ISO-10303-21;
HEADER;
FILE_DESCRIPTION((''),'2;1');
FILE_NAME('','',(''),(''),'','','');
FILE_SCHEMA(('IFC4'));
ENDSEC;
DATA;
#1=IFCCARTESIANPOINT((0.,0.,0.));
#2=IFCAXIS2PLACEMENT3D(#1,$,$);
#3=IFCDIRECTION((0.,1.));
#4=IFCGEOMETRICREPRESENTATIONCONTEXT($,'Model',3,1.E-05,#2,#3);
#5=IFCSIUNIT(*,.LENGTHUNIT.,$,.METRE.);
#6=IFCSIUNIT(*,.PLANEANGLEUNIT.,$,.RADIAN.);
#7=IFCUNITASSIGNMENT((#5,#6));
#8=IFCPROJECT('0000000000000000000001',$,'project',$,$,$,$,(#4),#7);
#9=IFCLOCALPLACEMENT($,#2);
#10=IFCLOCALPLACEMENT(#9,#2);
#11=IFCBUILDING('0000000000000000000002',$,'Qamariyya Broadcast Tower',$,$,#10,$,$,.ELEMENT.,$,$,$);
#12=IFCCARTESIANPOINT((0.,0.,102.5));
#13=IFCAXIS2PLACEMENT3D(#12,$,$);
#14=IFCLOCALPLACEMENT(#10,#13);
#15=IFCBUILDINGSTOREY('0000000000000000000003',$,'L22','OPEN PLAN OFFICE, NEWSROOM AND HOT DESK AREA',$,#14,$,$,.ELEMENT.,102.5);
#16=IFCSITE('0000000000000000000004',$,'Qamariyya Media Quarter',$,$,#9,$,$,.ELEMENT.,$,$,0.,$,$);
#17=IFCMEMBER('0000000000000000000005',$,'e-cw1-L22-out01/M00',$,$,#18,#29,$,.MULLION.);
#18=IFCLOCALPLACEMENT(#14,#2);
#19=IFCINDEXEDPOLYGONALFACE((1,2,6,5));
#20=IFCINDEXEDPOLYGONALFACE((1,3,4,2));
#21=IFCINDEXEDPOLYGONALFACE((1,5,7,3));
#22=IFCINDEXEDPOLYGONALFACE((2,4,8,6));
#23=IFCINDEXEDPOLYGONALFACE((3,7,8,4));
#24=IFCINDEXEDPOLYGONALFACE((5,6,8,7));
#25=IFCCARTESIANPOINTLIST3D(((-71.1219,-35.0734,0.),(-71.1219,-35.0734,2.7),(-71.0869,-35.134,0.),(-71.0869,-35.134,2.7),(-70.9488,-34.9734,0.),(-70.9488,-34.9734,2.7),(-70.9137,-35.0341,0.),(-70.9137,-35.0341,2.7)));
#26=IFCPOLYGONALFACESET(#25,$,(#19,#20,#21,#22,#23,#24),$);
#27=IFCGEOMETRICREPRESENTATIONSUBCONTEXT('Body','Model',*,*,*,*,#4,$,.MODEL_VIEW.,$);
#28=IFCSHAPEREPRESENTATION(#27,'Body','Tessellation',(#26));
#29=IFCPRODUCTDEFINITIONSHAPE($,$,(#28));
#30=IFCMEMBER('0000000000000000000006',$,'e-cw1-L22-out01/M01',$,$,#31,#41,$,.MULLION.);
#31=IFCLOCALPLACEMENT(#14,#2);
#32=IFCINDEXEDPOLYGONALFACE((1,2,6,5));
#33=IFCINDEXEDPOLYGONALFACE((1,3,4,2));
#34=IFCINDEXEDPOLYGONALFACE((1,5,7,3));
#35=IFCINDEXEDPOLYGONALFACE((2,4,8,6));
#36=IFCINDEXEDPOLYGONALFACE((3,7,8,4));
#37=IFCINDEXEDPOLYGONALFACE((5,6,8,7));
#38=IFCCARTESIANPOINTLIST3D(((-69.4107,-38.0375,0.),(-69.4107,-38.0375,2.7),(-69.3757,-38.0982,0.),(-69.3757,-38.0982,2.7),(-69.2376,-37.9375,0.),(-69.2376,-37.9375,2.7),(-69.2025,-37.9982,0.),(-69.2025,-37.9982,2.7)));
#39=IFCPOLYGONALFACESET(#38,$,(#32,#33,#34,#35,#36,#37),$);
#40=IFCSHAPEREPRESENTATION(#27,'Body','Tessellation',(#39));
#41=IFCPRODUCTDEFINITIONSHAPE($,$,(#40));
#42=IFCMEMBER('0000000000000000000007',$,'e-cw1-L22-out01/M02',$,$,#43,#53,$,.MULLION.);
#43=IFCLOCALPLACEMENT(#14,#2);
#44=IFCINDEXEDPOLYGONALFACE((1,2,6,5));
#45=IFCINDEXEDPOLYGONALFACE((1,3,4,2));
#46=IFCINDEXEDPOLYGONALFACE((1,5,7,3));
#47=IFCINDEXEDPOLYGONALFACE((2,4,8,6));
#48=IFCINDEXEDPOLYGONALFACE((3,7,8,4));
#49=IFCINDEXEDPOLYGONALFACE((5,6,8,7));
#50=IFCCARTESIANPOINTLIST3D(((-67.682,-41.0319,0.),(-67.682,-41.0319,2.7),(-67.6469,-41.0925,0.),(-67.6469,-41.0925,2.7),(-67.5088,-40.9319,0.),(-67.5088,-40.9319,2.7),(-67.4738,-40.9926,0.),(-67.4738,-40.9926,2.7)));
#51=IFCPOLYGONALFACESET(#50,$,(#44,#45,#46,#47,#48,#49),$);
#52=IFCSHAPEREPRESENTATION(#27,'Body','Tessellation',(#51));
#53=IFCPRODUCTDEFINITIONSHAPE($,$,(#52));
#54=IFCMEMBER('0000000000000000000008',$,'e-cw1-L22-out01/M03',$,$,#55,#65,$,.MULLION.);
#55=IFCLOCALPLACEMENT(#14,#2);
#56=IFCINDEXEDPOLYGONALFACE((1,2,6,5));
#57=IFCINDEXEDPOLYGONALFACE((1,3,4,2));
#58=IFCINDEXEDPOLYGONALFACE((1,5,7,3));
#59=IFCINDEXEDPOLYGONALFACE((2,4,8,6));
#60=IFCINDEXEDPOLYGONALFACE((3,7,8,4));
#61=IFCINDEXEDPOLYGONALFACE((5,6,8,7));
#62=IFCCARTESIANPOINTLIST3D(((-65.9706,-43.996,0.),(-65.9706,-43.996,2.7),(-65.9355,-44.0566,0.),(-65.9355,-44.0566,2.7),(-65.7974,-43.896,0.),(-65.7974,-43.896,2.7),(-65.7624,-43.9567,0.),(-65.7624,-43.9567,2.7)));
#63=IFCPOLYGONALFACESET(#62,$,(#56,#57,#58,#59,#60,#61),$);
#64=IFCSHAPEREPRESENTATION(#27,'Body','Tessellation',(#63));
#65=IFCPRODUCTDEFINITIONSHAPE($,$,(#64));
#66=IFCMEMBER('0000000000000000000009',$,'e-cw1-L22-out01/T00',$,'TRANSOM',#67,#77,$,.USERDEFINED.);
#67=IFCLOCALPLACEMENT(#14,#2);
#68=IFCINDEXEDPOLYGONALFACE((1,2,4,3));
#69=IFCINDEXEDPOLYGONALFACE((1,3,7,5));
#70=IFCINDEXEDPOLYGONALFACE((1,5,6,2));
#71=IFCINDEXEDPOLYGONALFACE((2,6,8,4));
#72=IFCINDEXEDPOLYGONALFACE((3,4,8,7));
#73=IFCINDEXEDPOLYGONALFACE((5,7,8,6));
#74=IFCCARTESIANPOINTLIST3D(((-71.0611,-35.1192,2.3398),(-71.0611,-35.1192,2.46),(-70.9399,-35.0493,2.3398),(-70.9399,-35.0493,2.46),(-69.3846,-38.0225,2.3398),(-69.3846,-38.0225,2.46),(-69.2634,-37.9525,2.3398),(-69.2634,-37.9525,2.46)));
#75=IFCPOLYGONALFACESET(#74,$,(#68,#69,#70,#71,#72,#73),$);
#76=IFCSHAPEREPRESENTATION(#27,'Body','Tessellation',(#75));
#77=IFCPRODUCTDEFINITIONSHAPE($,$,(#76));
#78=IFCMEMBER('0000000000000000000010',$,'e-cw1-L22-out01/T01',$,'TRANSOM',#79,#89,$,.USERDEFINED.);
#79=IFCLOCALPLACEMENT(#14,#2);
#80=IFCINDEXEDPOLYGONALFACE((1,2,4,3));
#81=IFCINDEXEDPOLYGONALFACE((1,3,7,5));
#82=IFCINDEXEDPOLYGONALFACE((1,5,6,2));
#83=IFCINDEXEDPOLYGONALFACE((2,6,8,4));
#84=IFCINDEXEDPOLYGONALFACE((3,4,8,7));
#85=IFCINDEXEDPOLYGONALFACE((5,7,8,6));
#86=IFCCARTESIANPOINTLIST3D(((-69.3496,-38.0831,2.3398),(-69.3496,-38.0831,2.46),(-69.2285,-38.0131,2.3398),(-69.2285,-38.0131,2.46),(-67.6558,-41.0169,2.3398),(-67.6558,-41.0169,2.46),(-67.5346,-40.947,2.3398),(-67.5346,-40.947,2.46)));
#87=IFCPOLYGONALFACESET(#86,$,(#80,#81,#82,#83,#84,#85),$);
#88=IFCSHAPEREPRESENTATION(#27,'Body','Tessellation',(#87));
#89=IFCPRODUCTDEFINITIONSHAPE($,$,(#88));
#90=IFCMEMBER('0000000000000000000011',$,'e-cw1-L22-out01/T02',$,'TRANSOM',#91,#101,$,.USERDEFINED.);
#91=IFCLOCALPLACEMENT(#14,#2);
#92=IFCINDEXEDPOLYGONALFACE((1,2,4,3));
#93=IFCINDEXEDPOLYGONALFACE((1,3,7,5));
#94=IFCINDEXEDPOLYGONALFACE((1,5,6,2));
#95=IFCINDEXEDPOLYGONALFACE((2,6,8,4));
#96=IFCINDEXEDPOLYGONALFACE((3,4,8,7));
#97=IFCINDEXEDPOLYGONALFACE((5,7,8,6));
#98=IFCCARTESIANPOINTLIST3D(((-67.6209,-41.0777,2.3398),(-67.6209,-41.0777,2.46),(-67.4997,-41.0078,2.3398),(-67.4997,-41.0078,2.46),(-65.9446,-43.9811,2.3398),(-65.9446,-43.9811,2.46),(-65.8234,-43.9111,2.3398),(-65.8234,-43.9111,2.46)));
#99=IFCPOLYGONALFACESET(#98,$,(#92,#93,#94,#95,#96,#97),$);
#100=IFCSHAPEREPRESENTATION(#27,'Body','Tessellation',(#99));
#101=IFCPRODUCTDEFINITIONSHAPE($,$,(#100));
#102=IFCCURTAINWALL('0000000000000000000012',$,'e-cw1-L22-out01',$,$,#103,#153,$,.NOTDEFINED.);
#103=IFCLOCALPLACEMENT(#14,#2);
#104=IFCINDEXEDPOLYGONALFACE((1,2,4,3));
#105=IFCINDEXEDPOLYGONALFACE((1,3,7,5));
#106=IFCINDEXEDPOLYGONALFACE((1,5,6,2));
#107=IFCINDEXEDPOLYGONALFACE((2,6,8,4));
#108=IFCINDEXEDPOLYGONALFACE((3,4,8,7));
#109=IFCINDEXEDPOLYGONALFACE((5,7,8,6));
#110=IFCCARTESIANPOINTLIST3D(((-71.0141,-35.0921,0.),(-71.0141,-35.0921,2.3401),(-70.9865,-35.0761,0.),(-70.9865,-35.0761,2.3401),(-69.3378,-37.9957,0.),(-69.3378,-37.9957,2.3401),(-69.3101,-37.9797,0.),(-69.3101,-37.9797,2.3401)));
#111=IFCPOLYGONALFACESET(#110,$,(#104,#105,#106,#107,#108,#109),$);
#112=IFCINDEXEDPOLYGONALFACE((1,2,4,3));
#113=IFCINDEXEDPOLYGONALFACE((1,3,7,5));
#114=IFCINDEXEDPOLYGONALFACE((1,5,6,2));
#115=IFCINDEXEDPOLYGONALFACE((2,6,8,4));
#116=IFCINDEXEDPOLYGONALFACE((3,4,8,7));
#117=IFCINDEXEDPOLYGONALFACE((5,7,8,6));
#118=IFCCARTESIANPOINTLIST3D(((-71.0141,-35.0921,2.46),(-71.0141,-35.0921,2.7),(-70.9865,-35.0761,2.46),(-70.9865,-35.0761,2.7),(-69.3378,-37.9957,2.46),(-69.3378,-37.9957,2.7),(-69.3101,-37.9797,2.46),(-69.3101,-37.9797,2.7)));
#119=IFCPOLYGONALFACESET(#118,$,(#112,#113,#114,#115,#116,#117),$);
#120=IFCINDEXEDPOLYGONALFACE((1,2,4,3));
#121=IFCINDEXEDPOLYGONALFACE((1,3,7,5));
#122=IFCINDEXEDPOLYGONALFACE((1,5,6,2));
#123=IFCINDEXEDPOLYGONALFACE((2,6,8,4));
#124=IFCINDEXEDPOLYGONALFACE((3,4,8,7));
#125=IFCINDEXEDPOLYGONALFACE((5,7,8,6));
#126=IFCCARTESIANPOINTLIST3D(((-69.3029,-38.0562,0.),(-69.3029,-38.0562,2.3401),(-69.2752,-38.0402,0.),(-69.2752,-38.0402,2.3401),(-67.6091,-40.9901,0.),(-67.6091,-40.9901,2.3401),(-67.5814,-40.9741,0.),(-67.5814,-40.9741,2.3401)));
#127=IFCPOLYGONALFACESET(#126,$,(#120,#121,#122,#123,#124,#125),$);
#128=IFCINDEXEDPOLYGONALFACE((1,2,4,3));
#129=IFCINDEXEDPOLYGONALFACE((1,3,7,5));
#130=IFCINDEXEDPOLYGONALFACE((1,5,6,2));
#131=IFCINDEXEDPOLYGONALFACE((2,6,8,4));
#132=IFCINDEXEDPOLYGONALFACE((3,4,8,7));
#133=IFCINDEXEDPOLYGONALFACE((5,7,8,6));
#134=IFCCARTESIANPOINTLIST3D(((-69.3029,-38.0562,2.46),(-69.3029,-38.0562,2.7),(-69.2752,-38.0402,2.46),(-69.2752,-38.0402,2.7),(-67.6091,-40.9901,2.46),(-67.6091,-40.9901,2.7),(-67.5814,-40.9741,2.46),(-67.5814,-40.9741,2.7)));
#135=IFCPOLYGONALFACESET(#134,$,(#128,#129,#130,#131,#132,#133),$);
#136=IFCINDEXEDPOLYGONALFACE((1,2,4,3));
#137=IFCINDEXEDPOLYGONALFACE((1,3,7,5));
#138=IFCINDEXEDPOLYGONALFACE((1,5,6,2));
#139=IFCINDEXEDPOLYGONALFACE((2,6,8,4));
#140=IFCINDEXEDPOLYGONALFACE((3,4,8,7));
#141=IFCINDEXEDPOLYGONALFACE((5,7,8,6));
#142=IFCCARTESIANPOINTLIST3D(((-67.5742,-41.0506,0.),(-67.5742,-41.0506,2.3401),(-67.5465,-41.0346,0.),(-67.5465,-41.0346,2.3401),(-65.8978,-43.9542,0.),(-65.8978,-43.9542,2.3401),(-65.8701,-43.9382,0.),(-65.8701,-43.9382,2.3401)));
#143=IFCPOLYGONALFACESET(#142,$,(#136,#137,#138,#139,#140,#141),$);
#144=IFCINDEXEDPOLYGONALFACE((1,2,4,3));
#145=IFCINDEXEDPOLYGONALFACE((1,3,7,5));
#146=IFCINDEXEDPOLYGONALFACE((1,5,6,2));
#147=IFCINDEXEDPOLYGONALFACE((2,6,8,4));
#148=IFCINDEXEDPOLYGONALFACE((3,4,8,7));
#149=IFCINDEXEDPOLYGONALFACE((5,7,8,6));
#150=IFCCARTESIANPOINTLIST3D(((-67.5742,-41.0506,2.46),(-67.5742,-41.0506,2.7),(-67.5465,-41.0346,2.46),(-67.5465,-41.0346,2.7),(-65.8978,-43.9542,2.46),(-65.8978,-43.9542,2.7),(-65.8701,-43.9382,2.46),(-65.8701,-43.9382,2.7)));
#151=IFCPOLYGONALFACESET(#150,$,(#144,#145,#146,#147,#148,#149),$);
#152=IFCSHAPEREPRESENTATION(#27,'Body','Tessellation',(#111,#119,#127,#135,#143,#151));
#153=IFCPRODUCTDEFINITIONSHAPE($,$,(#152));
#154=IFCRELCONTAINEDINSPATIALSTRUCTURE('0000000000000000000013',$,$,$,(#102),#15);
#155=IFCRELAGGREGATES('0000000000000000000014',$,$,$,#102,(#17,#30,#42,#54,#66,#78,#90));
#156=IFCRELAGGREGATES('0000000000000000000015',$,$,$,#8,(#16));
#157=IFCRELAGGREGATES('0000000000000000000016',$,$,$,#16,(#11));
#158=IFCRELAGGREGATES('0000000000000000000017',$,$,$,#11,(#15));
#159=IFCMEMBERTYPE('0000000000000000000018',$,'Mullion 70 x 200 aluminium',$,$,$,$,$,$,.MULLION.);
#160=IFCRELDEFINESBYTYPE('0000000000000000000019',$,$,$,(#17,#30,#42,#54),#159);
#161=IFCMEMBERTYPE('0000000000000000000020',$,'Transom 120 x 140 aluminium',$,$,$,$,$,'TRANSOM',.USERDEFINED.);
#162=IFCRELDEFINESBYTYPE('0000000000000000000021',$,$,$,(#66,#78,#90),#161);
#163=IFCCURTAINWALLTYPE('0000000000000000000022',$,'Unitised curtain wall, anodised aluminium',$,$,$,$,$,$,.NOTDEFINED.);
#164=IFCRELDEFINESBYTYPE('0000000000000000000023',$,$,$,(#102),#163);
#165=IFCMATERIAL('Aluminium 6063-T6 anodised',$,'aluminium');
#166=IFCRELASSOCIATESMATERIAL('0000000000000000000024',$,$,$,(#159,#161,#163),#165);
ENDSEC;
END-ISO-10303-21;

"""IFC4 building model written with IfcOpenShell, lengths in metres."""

from ifc_helpers import new_model, si_unit, direction, frame, origin, origin_2d, place, context, subcontext, project, spatial, rectangle, extrude, material, material_profile, profile_set, type_object, element, aggregate, save


model = new_model("IFC4")

# Units and contexts
model_context = context("Model", 3, precision=1e-05, world=origin(), true_north=direction((0.0, 1.0)))
body_context = subcontext(model_context, "Body", "Model", "MODEL_VIEW")
ifc_project = project(units=[si_unit("LENGTHUNIT", "METRE"), si_unit("PLANEANGLEUNIT", "RADIAN")], contexts=[model_context])

# Site, building, storey
site_placement = place(None, origin())
site = spatial("IfcSite", under=ifc_project, at=site_placement, Name="Qamariyya Media Quarter", CompositionType="ELEMENT", RefElevation=0.0)
building_placement = place(site_placement, origin())
building = spatial("IfcBuilding", under=site, at=building_placement, Name="Qamariyya Broadcast Tower", CompositionType="ELEMENT")
storey_placement = place(building_placement, frame((0.0, 0.0, 102.5)))
storey = spatial("IfcBuildingStorey", under=building, at=storey_placement, Name="L22", Description="OPEN PLAN OFFICE, NEWSROOM AND HOT DESK AREA", CompositionType="ELEMENT", Elevation=102.5)

# Members
ifc_material_1 = material(Name="Aluminium 6063-T6 anodised", Category="aluminium")
ifc_material_profile_1 = material_profile(ifc_material_1, rectangle(XDim=0.2, YDim=0.0701, at=origin_2d()))
ifc_profile_set_1 = profile_set([ifc_material_profile_1], Name="Aluminium 6063-T6 anodised")
member_type_1 = type_object("IfcMemberType", Name="Mullion 70 x 200 aluminium", PredefinedType="MULLION", material=ifc_profile_set_1)
member_1_placement = place(storey_placement, frame((-71.0178, -35.0537, 0.0), z_axis=(0.0, 0.0, 1.0), x_axis=(0.866025, 0.5, 0.0)))
member_1 = element("IfcMember", 1, at=member_1_placement, type_object=member_type_1, Name="e-cw1-L22-out01/M00", PredefinedType="MULLION", context=body_context, shape_type="SweptSolid", body=[
    extrude(rectangle(XDim=0.2, YDim=0.0701, at=origin_2d()), origin(), (0.0, 0.0, 1.0), 2.7),
])
member_2_placement = place(storey_placement, frame((-69.3066, -38.0178, 0.0), z_axis=(0.0, 0.0, 1.0), x_axis=(0.866025, 0.5, 0.0)))
member_2 = element("IfcMember", 2, at=member_2_placement, type_object=member_type_1, Name="e-cw1-L22-out01/M01", PredefinedType="MULLION", context=body_context, shape_type="SweptSolid", body=[
    extrude(rectangle(XDim=0.2, YDim=0.0701, at=origin_2d()), origin(), (0.0, 0.0, 1.0), 2.7),
])
member_3_placement = place(storey_placement, frame((-67.5779, -41.0122, 0.0), z_axis=(0.0, 0.0, 1.0), x_axis=(0.866025, 0.5, 0.0)))
member_3 = element("IfcMember", 3, at=member_3_placement, type_object=member_type_1, Name="e-cw1-L22-out01/M02", PredefinedType="MULLION", context=body_context, shape_type="SweptSolid", body=[
    extrude(rectangle(XDim=0.2, YDim=0.0701, at=origin_2d()), origin(), (0.0, 0.0, 1.0), 2.7),
])
member_4_placement = place(storey_placement, frame((-65.8665, -43.9763, 0.0), z_axis=(0.0, 0.0, 1.0), x_axis=(0.866025, 0.5, 0.0)))
member_4 = element("IfcMember", 4, at=member_4_placement, type_object=member_type_1, Name="e-cw1-L22-out01/M03", PredefinedType="MULLION", context=body_context, shape_type="SweptSolid", body=[
    extrude(rectangle(XDim=0.2, YDim=0.0701, at=origin_2d()), origin(), (0.0, 0.0, 1.0), 2.7),
])
ifc_material_profile_2 = material_profile(ifc_material_1, rectangle(XDim=0.1399, YDim=0.1201, at=origin_2d()))
ifc_profile_set_2 = profile_set([ifc_material_profile_2], Name="Aluminium 6063-T6 anodised")
member_type_2 = type_object("IfcMemberType", Name="Transom 120 x 140 aluminium", ElementType="TRANSOM", PredefinedType="USERDEFINED", material=ifc_profile_set_2)
member_5_placement = place(storey_placement, frame((-71.0005, -35.0842, 2.3999), z_axis=(0.500063, -0.865989, 0.0), x_axis=(0.865989, 0.500063, 0.0)))
member_5 = element("IfcMember", 5, at=member_5_placement, type_object=member_type_2, Name="e-cw1-L22-out01/T00", ObjectType="TRANSOM", PredefinedType="USERDEFINED", context=body_context, shape_type="SweptSolid", body=[
    extrude(rectangle(XDim=0.1399, YDim=0.1201, at=origin_2d()), origin(), (0.0, 0.0, 1.0), 3.3525),
])
member_6_placement = place(storey_placement, frame((-69.2891, -38.0481, 2.3999), z_axis=(0.499999, -0.866026, 0.0), x_axis=(0.866026, 0.499999, 0.0)))
member_6 = element("IfcMember", 6, at=member_6_placement, type_object=member_type_2, Name="e-cw1-L22-out01/T01", ObjectType="TRANSOM", PredefinedType="USERDEFINED", context=body_context, shape_type="SweptSolid", body=[
    extrude(rectangle(XDim=0.1399, YDim=0.1201, at=origin_2d()), origin(), (0.0, 0.0, 1.0), 3.3877),
])
member_7_placement = place(storey_placement, frame((-67.5603, -41.0427, 2.3999), z_axis=(0.500008, -0.866021, 0.0), x_axis=(0.866021, 0.500008, 0.0)))
member_7 = element("IfcMember", 7, at=member_7_placement, type_object=member_type_2, Name="e-cw1-L22-out01/T02", ObjectType="TRANSOM", PredefinedType="USERDEFINED", context=body_context, shape_type="SweptSolid", body=[
    extrude(rectangle(XDim=0.1399, YDim=0.1201, at=origin_2d()), origin(), (0.0, 0.0, 1.0), 3.3525),
])

# Curtain wall
curtain_wall_type = type_object("IfcCurtainWallType", Name="Unitised curtain wall, anodised aluminium", PredefinedType="NOTDEFINED", material=ifc_material_1)
curtain_wall_1_placement = place(storey_placement, origin())
curtain_wall_1 = element("IfcCurtainWall", 8, at=curtain_wall_1_placement, inside=storey, type_object=curtain_wall_type, Name="e-cw1-L22-out01", PredefinedType="NOTDEFINED", context=body_context, shape_type="SweptSolid", body=[
    extrude(rectangle(XDim=3.3528, YDim=0.032, at=origin_2d()), frame((-70.1621, -36.5359, 0.0), x_axis=(0.499997, -0.866027, 0.0)), (0.0, 0.0, 1.0), 2.3401),
    extrude(rectangle(XDim=3.3528, YDim=0.032, at=origin_2d()), frame((-70.1621, -36.5359, 2.46), x_axis=(0.499997, -0.866027, 0.0)), (0.0, 0.0, 1.0), 0.24),
    extrude(rectangle(XDim=3.3877, YDim=0.032, at=origin_2d()), frame((-68.4421, -39.5151, 0.0), x_axis=(0.499997, -0.866027, 0.0)), (0.0, 0.0, 1.0), 2.3401),
    extrude(rectangle(XDim=3.3877, YDim=0.032, at=origin_2d()), frame((-68.4421, -39.5151, 2.46), x_axis=(0.499997, -0.866027, 0.0)), (0.0, 0.0, 1.0), 0.24),
    extrude(rectangle(XDim=3.3528, YDim=0.032, at=origin_2d()), frame((-66.7222, -42.4944, 0.0), x_axis=(0.499997, -0.866027, 0.0)), (0.0, 0.0, 1.0), 2.3401),
    extrude(rectangle(XDim=3.3528, YDim=0.032, at=origin_2d()), frame((-66.7222, -42.4944, 2.46), x_axis=(0.499997, -0.866027, 0.0)), (0.0, 0.0, 1.0), 0.24),
])
aggregate(curtain_wall_1, [member_1, member_2, member_3, member_4, member_5, member_6, member_7])

save(model, "model.ifc")
